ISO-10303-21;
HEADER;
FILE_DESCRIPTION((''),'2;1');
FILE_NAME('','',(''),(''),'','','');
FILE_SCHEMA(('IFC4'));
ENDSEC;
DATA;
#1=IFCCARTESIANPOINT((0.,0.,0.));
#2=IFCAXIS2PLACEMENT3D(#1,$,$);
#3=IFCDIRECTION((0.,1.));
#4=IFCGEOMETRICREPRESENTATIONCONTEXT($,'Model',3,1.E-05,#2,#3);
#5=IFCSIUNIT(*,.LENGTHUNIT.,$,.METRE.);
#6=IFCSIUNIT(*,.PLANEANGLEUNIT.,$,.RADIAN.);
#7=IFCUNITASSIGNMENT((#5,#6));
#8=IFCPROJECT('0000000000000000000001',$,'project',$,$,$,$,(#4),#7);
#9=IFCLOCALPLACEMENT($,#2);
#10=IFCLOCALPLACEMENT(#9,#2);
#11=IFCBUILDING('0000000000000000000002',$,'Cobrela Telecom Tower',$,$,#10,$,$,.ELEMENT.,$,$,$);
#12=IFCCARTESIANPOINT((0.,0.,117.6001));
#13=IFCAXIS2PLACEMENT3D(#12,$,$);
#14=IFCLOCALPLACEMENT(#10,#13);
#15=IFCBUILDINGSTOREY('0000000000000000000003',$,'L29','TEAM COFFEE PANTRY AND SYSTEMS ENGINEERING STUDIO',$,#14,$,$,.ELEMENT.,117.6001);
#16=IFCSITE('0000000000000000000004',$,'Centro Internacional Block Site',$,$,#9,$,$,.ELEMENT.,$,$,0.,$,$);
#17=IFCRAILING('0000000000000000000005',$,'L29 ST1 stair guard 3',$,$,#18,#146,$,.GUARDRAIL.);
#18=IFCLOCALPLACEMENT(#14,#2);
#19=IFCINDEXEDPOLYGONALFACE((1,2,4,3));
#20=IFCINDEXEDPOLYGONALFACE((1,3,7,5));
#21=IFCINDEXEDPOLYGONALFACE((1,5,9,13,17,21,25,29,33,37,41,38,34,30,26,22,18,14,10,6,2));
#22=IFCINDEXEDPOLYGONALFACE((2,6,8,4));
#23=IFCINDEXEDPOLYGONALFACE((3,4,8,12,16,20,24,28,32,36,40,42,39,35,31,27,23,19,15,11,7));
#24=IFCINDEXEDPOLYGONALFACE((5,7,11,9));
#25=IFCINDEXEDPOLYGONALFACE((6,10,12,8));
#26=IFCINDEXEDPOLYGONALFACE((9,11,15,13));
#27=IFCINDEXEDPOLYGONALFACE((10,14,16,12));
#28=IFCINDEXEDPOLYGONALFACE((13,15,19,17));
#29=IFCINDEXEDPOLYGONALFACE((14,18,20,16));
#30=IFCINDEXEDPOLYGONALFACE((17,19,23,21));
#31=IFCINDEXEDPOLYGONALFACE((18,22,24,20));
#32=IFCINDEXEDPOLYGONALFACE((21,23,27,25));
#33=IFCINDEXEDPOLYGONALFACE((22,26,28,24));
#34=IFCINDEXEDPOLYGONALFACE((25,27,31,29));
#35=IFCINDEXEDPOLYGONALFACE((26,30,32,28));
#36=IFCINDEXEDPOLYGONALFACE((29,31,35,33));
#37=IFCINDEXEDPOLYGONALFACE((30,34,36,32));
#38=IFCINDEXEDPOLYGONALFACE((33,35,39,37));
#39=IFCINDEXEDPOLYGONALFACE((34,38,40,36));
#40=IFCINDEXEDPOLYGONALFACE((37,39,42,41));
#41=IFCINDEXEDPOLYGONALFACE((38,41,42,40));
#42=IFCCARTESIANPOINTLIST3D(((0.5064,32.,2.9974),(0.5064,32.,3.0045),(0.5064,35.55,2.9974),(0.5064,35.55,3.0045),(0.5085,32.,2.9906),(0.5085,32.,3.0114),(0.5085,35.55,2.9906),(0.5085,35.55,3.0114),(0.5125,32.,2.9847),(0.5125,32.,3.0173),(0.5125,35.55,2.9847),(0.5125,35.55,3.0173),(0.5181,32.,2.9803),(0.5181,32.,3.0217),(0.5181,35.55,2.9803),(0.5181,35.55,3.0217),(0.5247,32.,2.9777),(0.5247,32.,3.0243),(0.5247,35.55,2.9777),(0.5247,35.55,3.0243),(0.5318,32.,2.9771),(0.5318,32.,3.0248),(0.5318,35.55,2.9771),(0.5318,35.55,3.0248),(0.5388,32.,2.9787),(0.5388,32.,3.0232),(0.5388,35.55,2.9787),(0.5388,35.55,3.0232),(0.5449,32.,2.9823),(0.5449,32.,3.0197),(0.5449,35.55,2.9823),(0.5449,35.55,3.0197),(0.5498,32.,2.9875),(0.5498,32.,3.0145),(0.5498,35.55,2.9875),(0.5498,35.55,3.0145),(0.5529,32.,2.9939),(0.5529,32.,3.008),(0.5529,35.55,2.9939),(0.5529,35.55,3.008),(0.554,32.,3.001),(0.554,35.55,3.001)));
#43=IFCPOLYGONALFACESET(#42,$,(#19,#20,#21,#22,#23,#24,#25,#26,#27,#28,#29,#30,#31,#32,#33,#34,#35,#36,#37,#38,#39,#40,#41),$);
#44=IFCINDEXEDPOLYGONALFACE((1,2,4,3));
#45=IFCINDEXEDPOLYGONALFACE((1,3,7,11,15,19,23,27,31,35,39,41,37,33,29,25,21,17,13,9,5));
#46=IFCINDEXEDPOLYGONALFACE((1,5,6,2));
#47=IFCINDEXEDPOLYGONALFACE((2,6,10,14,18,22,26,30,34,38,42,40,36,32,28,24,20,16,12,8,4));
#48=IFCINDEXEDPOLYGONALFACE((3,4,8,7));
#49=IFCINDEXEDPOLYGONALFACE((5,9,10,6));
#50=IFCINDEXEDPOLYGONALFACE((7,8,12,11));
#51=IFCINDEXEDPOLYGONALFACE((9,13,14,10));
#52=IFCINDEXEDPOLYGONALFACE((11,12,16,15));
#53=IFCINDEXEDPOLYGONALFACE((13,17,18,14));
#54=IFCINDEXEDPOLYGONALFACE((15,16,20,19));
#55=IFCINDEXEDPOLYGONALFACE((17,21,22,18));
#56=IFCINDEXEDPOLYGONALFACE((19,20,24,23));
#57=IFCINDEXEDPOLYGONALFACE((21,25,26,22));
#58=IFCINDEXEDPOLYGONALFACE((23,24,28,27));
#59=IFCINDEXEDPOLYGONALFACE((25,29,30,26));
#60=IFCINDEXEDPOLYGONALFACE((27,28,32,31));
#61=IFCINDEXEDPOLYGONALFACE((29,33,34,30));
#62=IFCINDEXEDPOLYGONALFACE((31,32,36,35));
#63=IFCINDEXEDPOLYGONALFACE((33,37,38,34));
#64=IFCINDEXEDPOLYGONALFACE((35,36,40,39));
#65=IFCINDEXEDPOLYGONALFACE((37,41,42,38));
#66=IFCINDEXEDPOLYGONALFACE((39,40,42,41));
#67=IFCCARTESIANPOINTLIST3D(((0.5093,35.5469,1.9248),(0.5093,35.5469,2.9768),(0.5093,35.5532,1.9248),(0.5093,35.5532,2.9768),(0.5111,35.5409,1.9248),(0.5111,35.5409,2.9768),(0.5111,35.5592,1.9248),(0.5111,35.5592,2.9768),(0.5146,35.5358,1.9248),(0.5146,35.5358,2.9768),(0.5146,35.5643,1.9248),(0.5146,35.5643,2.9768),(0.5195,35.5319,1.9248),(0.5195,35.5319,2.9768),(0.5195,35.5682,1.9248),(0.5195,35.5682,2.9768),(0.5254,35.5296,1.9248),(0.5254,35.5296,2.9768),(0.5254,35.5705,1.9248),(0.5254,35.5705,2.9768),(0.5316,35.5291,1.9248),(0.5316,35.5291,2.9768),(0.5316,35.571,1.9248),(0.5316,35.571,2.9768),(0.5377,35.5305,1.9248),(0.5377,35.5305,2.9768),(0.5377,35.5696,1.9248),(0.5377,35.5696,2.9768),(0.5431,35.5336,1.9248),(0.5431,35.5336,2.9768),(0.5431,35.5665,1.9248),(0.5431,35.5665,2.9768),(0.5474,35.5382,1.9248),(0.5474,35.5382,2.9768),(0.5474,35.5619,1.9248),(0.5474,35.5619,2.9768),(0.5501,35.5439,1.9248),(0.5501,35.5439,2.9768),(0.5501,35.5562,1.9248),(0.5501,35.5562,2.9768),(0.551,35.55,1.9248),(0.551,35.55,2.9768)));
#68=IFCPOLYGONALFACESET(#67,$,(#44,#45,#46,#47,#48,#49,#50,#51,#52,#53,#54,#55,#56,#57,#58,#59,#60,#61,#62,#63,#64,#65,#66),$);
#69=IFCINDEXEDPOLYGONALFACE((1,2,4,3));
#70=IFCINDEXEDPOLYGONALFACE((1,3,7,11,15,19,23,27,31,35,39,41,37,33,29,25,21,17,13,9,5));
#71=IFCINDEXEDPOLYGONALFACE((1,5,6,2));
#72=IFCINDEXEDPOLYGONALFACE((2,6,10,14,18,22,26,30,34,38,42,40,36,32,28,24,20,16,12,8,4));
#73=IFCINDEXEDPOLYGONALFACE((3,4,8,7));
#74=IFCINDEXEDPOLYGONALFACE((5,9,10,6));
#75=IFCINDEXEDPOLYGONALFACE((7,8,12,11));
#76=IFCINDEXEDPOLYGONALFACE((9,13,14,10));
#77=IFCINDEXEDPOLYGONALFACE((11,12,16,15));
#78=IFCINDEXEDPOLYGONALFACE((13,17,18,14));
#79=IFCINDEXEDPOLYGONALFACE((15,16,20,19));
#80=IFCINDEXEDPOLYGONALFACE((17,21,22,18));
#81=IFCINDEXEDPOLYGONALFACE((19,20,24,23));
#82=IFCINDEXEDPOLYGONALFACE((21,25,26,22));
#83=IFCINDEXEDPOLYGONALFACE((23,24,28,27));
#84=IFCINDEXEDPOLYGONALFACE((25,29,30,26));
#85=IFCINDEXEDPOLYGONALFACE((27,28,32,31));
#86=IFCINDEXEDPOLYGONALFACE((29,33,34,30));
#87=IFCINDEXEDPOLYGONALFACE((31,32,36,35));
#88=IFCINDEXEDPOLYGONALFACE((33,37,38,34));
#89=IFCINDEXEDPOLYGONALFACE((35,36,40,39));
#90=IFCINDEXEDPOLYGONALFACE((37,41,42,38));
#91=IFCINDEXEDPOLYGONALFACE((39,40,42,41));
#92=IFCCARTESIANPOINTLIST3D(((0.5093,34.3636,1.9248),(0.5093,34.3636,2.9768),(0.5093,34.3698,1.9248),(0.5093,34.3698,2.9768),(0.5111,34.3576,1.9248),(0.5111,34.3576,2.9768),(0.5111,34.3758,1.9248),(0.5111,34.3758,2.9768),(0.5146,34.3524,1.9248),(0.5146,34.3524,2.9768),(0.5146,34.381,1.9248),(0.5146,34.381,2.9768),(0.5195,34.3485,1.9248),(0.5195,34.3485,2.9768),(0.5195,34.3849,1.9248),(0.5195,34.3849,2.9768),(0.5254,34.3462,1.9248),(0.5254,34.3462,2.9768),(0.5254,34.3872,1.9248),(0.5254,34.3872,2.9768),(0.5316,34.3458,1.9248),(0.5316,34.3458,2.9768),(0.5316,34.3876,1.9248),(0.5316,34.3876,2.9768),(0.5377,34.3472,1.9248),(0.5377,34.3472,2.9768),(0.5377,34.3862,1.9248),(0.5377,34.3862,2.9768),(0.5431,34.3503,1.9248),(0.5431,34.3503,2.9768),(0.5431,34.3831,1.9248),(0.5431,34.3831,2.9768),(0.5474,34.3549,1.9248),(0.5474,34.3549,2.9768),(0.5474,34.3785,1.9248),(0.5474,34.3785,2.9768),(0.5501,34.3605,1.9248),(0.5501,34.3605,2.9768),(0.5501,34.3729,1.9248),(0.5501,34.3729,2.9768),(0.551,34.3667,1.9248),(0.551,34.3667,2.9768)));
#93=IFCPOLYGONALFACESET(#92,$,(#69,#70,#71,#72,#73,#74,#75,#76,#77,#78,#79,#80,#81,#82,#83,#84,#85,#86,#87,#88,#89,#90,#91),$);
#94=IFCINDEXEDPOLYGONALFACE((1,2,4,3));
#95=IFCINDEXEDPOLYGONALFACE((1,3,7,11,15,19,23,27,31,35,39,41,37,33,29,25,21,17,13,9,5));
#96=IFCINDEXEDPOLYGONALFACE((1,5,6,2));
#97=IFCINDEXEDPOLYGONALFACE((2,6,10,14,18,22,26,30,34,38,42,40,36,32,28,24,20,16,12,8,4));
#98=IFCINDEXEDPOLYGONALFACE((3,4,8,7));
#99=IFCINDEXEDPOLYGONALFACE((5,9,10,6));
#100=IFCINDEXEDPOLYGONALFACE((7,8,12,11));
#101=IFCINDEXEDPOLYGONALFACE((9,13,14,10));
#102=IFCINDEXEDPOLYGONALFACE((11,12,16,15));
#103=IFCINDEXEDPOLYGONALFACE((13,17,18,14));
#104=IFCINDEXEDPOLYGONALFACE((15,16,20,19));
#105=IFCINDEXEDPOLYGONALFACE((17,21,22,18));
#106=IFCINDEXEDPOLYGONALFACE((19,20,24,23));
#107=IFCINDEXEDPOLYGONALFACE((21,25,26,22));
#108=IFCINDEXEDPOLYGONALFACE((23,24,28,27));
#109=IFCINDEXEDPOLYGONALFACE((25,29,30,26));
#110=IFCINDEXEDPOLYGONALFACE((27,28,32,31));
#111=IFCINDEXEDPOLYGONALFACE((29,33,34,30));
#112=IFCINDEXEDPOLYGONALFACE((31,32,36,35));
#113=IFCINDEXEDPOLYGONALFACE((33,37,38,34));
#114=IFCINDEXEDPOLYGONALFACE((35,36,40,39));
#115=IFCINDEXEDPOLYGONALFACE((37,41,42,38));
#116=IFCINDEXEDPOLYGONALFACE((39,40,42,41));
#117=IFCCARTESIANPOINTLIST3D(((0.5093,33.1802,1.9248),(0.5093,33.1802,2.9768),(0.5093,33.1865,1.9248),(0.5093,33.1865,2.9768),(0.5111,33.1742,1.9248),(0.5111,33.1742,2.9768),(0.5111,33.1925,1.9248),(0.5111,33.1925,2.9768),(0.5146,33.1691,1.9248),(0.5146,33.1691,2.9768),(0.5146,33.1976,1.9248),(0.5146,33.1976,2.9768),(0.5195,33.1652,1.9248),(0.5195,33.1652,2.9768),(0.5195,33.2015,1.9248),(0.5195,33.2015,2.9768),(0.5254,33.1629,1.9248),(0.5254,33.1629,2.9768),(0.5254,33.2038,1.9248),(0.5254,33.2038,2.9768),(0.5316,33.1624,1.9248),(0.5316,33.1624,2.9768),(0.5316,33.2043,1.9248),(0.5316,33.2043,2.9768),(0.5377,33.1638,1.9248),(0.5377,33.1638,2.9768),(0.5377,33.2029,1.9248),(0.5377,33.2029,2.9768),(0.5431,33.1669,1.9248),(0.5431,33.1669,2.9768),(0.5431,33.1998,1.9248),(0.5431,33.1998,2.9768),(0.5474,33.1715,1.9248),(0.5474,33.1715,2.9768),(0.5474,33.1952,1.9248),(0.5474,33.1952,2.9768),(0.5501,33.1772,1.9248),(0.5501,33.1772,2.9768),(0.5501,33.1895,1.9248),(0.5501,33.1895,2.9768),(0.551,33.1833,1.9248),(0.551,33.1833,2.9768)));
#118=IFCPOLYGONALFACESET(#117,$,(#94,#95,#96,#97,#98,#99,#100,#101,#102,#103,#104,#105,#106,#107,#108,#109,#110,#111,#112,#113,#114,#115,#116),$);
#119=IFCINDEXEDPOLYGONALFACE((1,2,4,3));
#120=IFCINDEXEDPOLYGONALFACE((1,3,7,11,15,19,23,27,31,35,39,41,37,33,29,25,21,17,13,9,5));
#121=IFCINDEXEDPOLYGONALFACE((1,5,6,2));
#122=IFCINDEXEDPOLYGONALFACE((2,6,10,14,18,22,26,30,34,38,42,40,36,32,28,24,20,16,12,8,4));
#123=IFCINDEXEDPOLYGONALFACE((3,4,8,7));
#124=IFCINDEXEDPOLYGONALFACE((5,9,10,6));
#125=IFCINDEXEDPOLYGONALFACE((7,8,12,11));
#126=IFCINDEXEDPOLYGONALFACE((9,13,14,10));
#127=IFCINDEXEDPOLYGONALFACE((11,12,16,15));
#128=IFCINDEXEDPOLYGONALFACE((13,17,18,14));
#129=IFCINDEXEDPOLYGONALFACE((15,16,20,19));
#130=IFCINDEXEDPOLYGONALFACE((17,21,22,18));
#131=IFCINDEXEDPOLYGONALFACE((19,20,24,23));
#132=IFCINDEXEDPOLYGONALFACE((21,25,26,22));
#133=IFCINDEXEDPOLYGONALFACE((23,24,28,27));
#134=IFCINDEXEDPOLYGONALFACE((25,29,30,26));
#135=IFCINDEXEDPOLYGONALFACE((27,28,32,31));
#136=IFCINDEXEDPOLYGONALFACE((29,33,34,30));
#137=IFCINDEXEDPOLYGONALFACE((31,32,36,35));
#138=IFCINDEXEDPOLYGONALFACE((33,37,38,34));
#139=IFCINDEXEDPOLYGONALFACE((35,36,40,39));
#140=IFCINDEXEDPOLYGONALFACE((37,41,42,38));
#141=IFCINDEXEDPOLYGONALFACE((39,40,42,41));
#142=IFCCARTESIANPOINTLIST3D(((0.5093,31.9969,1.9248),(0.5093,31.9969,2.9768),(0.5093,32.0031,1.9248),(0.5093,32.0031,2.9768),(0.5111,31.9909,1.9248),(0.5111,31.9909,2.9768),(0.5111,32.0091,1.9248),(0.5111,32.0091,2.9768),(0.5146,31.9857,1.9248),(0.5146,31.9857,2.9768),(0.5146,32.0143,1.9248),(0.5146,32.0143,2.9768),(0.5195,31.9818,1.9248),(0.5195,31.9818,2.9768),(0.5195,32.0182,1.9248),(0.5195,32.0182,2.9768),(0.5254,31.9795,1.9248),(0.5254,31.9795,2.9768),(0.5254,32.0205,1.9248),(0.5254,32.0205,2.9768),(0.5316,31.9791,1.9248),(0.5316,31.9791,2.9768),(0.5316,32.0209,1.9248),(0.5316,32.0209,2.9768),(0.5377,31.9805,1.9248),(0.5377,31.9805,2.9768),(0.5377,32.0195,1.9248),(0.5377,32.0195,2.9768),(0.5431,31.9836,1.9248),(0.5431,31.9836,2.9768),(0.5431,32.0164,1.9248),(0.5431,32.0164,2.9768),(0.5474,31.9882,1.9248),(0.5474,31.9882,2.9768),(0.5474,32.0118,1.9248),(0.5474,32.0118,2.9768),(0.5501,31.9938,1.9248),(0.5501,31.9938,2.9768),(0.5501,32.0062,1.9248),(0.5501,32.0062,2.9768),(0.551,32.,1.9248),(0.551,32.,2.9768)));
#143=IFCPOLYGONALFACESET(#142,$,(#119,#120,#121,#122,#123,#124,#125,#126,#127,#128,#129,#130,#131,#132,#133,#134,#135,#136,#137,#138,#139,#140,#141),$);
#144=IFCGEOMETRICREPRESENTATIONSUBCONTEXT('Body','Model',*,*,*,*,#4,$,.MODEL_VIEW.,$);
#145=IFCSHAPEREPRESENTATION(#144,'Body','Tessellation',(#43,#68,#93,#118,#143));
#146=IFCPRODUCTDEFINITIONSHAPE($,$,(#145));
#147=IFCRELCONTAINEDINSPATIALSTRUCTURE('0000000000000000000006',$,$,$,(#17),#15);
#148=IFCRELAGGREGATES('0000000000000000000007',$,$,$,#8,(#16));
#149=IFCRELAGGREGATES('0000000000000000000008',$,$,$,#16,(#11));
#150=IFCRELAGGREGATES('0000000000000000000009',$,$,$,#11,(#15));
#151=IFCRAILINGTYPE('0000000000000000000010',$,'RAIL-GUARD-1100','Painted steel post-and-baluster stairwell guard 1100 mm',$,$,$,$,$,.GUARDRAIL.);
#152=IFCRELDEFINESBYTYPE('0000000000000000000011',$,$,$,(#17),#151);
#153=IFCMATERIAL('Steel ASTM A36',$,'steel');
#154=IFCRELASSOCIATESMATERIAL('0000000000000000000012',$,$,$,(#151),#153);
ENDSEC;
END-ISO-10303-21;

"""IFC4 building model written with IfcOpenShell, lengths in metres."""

from ifc_helpers import new_model, si_unit, direction, frame, origin, origin_2d, place, context, subcontext, project, spatial, circle, extrude, material, type_object, element, save


model = new_model("IFC4")

# Units and contexts
model_context = context("Model", 3, precision=1e-05, world=origin(), true_north=direction((0.0, 1.0)))
body_context = subcontext(model_context, "Body", "Model", "MODEL_VIEW")
ifc_project = project(units=[si_unit("LENGTHUNIT", "METRE"), si_unit("PLANEANGLEUNIT", "RADIAN")], contexts=[model_context])

# Site, building, storey
site_placement = place(None, origin())
site = spatial("IfcSite", under=ifc_project, at=site_placement, Name="Centro Internacional Block Site", CompositionType="ELEMENT", RefElevation=0.0)
building_placement = place(site_placement, origin())
building = spatial("IfcBuilding", under=site, at=building_placement, Name="Cobrela Telecom Tower", CompositionType="ELEMENT")
storey_placement = place(building_placement, frame((0.0, 0.0, 117.6001)))
storey = spatial("IfcBuildingStorey", under=building, at=storey_placement, Name="L29", Description="TEAM COFFEE PANTRY AND SYSTEMS ENGINEERING STUDIO", CompositionType="ELEMENT", Elevation=117.6001)

# Shared definitions
ifc_material_1 = material(Name="Steel ASTM A36", Category="steel")

# Railing
railing_type_1 = type_object("IfcRailingType", Name="RAIL-GUARD-1100", Description="Painted steel post-and-baluster stairwell guard 1100 mm", PredefinedType="GUARDRAIL", material=ifc_material_1)
railing_1_placement = place(storey_placement, frame((0.53, 35.55, 1.9248)))
element("IfcRailing", 1, at=railing_1_placement, inside=storey, type_object=railing_type_1, Name="L29 ST1 stair guard 3", PredefinedType="GUARDRAIL", context=body_context, shape_type="SweptSolid", body=[
    extrude(circle(Radius=0.0239, at=origin_2d()), frame((0.0, 0.0, 1.0762), z_axis=(0.0, -1.0, 0.0), x_axis=(1.0, 0.0, 0.0)), (0.0, 0.0, 1.0), 3.55),
    extrude(circle(Radius=0.021, at=origin_2d()), origin(), (0.0, 0.0, 1.0), 1.052),
    extrude(circle(Radius=0.021, at=origin_2d()), frame((0.0, -1.1833, 0.0)), (0.0, 0.0, 1.0), 1.052),
    extrude(circle(Radius=0.021, at=origin_2d()), frame((0.0, -2.3667, 0.0)), (0.0, 0.0, 1.0), 1.052),
    extrude(circle(Radius=0.021, at=origin_2d()), frame((0.0, -3.55, 0.0)), (0.0, 0.0, 1.0), 1.052),
])

save(model, "model.ifc")
